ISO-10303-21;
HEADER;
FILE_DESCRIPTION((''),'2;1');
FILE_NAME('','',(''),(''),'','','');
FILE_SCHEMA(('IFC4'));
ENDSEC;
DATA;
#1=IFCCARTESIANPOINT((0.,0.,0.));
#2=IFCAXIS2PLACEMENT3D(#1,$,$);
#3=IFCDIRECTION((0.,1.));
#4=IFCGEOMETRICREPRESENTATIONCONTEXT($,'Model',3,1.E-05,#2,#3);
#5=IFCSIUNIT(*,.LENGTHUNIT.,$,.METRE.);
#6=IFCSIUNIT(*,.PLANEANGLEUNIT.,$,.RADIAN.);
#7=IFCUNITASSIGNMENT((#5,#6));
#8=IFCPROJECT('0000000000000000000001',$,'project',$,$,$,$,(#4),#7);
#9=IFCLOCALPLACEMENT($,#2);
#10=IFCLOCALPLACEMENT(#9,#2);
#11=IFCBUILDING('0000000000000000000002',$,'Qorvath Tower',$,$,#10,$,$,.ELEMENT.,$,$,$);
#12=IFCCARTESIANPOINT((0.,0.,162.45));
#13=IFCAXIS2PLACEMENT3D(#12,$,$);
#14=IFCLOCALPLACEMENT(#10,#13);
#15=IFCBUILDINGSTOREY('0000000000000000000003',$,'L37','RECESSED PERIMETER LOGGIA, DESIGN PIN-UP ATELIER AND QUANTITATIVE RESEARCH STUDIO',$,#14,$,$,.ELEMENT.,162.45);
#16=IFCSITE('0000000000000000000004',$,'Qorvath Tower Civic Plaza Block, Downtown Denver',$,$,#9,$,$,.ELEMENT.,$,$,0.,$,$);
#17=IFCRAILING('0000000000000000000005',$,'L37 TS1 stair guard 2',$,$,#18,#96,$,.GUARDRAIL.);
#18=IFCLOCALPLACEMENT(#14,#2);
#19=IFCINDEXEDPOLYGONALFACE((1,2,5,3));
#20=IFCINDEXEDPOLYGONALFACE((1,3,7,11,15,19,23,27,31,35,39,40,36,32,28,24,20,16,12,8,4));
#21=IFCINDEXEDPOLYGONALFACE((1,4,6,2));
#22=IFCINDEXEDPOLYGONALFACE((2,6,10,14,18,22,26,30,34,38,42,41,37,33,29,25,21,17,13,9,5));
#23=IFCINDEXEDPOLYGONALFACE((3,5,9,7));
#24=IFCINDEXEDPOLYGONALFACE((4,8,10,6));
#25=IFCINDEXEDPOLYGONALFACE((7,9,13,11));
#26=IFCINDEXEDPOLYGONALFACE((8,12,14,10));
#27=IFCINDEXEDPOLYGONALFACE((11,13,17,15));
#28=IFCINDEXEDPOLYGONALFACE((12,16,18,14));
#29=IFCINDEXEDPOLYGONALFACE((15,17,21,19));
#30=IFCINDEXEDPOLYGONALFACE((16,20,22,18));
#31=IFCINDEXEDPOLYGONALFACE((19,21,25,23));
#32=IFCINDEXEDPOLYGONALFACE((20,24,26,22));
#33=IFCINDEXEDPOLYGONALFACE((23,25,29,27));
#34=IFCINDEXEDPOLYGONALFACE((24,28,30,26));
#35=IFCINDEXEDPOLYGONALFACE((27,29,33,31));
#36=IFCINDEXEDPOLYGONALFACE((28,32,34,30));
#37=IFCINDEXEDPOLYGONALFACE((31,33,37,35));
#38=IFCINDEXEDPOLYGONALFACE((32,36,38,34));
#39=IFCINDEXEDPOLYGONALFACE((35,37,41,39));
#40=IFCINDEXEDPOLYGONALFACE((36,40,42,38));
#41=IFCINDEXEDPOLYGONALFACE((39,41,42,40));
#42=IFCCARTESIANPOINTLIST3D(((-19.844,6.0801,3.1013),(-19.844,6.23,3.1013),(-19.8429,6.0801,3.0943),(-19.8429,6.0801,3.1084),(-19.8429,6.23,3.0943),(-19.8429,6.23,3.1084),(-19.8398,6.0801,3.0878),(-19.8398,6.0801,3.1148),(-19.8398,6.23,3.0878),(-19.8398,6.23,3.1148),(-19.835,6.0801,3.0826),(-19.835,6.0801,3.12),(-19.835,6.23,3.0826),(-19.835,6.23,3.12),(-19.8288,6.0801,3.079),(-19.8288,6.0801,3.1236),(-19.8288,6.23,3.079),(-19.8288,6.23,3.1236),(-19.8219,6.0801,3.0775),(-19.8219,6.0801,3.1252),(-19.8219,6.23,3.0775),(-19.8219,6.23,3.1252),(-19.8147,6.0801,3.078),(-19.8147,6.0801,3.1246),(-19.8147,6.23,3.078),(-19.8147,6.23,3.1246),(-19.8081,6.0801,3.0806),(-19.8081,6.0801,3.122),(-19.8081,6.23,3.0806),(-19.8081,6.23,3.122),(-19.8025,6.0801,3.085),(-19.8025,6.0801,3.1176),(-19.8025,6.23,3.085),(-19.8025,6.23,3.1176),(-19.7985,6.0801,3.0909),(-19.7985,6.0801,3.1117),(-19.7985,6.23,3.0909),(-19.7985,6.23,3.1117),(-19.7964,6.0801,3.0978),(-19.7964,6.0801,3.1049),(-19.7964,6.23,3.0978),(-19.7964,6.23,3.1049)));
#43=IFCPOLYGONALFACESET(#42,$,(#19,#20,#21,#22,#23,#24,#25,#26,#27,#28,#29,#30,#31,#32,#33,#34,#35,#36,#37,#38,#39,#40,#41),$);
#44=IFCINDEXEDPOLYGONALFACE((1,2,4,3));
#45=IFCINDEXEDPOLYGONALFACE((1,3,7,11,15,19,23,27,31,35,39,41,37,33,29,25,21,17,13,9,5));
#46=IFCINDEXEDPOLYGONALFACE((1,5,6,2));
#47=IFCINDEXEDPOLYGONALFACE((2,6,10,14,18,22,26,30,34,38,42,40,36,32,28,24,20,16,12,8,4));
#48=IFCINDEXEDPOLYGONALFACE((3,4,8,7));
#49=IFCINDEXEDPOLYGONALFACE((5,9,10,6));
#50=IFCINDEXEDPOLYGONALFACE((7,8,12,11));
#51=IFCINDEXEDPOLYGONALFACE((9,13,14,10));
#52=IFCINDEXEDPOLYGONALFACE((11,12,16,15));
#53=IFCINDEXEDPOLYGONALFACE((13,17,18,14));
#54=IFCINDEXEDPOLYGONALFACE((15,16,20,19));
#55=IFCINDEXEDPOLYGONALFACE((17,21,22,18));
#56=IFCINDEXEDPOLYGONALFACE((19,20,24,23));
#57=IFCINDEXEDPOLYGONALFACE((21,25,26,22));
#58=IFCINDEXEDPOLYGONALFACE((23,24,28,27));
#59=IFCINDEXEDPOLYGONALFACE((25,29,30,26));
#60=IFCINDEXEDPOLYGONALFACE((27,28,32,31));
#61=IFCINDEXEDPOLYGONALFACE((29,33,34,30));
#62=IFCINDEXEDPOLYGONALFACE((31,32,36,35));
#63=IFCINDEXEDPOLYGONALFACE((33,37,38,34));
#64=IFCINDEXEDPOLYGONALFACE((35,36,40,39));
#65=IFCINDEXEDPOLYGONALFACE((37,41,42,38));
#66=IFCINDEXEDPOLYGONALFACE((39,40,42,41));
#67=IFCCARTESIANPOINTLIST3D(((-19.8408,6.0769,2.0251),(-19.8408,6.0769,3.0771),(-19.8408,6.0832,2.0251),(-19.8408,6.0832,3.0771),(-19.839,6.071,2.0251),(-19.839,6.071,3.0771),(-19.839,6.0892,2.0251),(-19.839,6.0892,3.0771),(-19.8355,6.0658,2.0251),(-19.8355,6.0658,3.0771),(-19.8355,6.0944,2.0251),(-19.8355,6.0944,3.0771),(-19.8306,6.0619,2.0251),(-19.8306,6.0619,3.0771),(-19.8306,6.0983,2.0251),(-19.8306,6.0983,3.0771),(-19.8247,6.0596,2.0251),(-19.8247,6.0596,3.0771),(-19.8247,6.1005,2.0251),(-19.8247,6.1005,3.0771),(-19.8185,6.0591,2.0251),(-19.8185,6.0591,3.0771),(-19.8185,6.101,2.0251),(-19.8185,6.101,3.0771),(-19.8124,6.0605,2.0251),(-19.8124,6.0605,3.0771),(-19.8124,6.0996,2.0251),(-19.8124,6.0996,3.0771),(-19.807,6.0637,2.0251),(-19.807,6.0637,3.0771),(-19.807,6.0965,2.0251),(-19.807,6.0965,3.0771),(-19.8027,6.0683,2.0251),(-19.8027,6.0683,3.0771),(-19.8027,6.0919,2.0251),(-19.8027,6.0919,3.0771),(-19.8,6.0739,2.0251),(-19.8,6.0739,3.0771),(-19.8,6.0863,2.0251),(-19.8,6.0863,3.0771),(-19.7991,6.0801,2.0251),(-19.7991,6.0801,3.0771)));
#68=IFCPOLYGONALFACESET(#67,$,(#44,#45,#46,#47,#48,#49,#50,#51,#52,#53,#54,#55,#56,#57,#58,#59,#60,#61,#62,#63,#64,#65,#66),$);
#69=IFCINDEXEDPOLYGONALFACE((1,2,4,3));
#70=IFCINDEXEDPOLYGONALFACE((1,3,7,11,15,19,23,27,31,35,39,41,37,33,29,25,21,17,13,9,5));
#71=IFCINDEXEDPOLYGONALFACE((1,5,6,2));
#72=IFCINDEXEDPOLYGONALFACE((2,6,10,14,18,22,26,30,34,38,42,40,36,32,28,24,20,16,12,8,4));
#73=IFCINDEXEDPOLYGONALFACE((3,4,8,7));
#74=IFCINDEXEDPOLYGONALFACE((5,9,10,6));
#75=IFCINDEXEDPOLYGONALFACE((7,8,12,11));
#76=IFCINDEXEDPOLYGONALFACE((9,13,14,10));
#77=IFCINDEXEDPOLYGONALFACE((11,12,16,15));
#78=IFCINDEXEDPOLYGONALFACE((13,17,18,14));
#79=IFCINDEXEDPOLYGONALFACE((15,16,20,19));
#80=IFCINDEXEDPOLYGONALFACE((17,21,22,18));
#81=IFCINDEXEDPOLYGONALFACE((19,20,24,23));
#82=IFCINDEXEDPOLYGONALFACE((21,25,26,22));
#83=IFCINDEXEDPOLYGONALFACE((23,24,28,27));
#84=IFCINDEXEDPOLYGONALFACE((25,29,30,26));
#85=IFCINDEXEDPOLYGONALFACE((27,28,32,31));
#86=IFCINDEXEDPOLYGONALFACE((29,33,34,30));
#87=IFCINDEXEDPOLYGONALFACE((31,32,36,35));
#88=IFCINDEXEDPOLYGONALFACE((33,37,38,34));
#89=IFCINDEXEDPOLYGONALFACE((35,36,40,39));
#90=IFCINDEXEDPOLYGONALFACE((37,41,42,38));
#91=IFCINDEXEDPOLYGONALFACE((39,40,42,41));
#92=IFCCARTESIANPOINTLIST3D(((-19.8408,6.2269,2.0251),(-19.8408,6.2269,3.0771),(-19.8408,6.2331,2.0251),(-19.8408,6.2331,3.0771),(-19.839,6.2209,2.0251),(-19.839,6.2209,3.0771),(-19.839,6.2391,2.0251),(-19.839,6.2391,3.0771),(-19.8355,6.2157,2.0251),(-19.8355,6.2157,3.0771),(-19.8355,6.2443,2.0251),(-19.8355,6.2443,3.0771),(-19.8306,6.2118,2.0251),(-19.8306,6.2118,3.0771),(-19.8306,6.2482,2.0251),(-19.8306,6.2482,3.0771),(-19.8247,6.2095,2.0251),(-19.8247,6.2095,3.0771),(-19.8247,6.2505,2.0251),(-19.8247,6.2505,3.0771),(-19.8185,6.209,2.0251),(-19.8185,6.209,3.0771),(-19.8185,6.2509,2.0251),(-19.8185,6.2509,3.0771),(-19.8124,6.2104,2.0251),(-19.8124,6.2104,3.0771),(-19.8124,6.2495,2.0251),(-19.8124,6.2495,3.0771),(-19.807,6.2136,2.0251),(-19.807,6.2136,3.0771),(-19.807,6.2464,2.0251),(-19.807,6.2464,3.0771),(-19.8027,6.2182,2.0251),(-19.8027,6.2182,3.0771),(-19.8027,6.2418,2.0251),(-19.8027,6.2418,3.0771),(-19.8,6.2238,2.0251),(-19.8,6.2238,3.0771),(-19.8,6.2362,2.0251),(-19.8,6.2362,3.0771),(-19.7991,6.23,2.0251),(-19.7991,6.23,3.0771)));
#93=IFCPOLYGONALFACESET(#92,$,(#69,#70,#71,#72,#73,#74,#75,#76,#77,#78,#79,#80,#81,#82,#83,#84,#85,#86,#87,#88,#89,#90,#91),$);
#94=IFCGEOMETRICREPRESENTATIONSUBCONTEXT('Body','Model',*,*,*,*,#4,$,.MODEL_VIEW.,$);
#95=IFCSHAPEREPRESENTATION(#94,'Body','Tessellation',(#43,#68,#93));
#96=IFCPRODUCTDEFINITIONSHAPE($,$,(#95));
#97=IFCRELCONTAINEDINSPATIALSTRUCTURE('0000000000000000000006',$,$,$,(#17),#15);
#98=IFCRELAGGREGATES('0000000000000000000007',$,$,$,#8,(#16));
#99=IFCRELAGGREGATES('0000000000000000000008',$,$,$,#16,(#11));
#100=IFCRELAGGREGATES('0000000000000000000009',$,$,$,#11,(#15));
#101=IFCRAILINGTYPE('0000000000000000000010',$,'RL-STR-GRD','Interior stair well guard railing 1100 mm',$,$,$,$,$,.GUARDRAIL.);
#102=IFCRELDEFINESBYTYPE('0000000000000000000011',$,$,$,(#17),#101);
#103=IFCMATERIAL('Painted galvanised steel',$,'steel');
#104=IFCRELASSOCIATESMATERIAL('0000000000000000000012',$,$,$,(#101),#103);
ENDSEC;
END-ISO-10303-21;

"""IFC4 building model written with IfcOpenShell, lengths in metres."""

from ifc_helpers import new_model, si_unit, direction, frame, origin, origin_2d, place, context, subcontext, project, spatial, circle, extrude, material, type_object, element, save


model = new_model("IFC4")

# Units and contexts
model_context = context("Model", 3, precision=1e-05, world=origin(), true_north=direction((0.0, 1.0)))
body_context = subcontext(model_context, "Body", "Model", "MODEL_VIEW")
ifc_project = project(units=[si_unit("LENGTHUNIT", "METRE"), si_unit("PLANEANGLEUNIT", "RADIAN")], contexts=[model_context])

# Site, building, storey
site_placement = place(None, origin())
site = spatial("IfcSite", under=ifc_project, at=site_placement, Name="Qorvath Tower Civic Plaza Block, Downtown Denver", CompositionType="ELEMENT", RefElevation=0.0)
building_placement = place(site_placement, origin())
building = spatial("IfcBuilding", under=site, at=building_placement, Name="Qorvath Tower", CompositionType="ELEMENT")
storey_placement = place(building_placement, frame((0.0, 0.0, 162.45)))
storey = spatial("IfcBuildingStorey", under=building, at=storey_placement, Name="L37", Description="RECESSED PERIMETER LOGGIA, DESIGN PIN-UP ATELIER AND QUANTITATIVE RESEARCH STUDIO", CompositionType="ELEMENT", Elevation=162.45)

# Railing
ifc_material_1 = material(Name="Painted galvanised steel", Category="steel")
railing_type_1 = type_object("IfcRailingType", Name="RL-STR-GRD", Description="Interior stair well guard railing 1100 mm", PredefinedType="GUARDRAIL", material=ifc_material_1)
railing_1_placement = place(storey_placement, frame((-19.8201, 6.0801, 2.0251)))
element("IfcRailing", 1, at=railing_1_placement, inside=storey, type_object=railing_type_1, Name="L37 TS1 stair guard 2", PredefinedType="GUARDRAIL", context=body_context, shape_type="SweptSolid", body=[
    extrude(circle(Radius=0.0239, at=origin_2d()), frame((0.0, 0.0, 1.0762), z_axis=(0.0, 1.0, 0.0), x_axis=(-1.0, 0.0, 0.0)), (0.0, 0.0, 1.0), 0.1499),
    extrude(circle(Radius=0.021, at=origin_2d()), origin(), (0.0, 0.0, 1.0), 1.052),
    extrude(circle(Radius=0.021, at=origin_2d()), frame((0.0, 0.1499, 0.0)), (0.0, 0.0, 1.0), 1.052),
])

save(model, "model.ifc")
